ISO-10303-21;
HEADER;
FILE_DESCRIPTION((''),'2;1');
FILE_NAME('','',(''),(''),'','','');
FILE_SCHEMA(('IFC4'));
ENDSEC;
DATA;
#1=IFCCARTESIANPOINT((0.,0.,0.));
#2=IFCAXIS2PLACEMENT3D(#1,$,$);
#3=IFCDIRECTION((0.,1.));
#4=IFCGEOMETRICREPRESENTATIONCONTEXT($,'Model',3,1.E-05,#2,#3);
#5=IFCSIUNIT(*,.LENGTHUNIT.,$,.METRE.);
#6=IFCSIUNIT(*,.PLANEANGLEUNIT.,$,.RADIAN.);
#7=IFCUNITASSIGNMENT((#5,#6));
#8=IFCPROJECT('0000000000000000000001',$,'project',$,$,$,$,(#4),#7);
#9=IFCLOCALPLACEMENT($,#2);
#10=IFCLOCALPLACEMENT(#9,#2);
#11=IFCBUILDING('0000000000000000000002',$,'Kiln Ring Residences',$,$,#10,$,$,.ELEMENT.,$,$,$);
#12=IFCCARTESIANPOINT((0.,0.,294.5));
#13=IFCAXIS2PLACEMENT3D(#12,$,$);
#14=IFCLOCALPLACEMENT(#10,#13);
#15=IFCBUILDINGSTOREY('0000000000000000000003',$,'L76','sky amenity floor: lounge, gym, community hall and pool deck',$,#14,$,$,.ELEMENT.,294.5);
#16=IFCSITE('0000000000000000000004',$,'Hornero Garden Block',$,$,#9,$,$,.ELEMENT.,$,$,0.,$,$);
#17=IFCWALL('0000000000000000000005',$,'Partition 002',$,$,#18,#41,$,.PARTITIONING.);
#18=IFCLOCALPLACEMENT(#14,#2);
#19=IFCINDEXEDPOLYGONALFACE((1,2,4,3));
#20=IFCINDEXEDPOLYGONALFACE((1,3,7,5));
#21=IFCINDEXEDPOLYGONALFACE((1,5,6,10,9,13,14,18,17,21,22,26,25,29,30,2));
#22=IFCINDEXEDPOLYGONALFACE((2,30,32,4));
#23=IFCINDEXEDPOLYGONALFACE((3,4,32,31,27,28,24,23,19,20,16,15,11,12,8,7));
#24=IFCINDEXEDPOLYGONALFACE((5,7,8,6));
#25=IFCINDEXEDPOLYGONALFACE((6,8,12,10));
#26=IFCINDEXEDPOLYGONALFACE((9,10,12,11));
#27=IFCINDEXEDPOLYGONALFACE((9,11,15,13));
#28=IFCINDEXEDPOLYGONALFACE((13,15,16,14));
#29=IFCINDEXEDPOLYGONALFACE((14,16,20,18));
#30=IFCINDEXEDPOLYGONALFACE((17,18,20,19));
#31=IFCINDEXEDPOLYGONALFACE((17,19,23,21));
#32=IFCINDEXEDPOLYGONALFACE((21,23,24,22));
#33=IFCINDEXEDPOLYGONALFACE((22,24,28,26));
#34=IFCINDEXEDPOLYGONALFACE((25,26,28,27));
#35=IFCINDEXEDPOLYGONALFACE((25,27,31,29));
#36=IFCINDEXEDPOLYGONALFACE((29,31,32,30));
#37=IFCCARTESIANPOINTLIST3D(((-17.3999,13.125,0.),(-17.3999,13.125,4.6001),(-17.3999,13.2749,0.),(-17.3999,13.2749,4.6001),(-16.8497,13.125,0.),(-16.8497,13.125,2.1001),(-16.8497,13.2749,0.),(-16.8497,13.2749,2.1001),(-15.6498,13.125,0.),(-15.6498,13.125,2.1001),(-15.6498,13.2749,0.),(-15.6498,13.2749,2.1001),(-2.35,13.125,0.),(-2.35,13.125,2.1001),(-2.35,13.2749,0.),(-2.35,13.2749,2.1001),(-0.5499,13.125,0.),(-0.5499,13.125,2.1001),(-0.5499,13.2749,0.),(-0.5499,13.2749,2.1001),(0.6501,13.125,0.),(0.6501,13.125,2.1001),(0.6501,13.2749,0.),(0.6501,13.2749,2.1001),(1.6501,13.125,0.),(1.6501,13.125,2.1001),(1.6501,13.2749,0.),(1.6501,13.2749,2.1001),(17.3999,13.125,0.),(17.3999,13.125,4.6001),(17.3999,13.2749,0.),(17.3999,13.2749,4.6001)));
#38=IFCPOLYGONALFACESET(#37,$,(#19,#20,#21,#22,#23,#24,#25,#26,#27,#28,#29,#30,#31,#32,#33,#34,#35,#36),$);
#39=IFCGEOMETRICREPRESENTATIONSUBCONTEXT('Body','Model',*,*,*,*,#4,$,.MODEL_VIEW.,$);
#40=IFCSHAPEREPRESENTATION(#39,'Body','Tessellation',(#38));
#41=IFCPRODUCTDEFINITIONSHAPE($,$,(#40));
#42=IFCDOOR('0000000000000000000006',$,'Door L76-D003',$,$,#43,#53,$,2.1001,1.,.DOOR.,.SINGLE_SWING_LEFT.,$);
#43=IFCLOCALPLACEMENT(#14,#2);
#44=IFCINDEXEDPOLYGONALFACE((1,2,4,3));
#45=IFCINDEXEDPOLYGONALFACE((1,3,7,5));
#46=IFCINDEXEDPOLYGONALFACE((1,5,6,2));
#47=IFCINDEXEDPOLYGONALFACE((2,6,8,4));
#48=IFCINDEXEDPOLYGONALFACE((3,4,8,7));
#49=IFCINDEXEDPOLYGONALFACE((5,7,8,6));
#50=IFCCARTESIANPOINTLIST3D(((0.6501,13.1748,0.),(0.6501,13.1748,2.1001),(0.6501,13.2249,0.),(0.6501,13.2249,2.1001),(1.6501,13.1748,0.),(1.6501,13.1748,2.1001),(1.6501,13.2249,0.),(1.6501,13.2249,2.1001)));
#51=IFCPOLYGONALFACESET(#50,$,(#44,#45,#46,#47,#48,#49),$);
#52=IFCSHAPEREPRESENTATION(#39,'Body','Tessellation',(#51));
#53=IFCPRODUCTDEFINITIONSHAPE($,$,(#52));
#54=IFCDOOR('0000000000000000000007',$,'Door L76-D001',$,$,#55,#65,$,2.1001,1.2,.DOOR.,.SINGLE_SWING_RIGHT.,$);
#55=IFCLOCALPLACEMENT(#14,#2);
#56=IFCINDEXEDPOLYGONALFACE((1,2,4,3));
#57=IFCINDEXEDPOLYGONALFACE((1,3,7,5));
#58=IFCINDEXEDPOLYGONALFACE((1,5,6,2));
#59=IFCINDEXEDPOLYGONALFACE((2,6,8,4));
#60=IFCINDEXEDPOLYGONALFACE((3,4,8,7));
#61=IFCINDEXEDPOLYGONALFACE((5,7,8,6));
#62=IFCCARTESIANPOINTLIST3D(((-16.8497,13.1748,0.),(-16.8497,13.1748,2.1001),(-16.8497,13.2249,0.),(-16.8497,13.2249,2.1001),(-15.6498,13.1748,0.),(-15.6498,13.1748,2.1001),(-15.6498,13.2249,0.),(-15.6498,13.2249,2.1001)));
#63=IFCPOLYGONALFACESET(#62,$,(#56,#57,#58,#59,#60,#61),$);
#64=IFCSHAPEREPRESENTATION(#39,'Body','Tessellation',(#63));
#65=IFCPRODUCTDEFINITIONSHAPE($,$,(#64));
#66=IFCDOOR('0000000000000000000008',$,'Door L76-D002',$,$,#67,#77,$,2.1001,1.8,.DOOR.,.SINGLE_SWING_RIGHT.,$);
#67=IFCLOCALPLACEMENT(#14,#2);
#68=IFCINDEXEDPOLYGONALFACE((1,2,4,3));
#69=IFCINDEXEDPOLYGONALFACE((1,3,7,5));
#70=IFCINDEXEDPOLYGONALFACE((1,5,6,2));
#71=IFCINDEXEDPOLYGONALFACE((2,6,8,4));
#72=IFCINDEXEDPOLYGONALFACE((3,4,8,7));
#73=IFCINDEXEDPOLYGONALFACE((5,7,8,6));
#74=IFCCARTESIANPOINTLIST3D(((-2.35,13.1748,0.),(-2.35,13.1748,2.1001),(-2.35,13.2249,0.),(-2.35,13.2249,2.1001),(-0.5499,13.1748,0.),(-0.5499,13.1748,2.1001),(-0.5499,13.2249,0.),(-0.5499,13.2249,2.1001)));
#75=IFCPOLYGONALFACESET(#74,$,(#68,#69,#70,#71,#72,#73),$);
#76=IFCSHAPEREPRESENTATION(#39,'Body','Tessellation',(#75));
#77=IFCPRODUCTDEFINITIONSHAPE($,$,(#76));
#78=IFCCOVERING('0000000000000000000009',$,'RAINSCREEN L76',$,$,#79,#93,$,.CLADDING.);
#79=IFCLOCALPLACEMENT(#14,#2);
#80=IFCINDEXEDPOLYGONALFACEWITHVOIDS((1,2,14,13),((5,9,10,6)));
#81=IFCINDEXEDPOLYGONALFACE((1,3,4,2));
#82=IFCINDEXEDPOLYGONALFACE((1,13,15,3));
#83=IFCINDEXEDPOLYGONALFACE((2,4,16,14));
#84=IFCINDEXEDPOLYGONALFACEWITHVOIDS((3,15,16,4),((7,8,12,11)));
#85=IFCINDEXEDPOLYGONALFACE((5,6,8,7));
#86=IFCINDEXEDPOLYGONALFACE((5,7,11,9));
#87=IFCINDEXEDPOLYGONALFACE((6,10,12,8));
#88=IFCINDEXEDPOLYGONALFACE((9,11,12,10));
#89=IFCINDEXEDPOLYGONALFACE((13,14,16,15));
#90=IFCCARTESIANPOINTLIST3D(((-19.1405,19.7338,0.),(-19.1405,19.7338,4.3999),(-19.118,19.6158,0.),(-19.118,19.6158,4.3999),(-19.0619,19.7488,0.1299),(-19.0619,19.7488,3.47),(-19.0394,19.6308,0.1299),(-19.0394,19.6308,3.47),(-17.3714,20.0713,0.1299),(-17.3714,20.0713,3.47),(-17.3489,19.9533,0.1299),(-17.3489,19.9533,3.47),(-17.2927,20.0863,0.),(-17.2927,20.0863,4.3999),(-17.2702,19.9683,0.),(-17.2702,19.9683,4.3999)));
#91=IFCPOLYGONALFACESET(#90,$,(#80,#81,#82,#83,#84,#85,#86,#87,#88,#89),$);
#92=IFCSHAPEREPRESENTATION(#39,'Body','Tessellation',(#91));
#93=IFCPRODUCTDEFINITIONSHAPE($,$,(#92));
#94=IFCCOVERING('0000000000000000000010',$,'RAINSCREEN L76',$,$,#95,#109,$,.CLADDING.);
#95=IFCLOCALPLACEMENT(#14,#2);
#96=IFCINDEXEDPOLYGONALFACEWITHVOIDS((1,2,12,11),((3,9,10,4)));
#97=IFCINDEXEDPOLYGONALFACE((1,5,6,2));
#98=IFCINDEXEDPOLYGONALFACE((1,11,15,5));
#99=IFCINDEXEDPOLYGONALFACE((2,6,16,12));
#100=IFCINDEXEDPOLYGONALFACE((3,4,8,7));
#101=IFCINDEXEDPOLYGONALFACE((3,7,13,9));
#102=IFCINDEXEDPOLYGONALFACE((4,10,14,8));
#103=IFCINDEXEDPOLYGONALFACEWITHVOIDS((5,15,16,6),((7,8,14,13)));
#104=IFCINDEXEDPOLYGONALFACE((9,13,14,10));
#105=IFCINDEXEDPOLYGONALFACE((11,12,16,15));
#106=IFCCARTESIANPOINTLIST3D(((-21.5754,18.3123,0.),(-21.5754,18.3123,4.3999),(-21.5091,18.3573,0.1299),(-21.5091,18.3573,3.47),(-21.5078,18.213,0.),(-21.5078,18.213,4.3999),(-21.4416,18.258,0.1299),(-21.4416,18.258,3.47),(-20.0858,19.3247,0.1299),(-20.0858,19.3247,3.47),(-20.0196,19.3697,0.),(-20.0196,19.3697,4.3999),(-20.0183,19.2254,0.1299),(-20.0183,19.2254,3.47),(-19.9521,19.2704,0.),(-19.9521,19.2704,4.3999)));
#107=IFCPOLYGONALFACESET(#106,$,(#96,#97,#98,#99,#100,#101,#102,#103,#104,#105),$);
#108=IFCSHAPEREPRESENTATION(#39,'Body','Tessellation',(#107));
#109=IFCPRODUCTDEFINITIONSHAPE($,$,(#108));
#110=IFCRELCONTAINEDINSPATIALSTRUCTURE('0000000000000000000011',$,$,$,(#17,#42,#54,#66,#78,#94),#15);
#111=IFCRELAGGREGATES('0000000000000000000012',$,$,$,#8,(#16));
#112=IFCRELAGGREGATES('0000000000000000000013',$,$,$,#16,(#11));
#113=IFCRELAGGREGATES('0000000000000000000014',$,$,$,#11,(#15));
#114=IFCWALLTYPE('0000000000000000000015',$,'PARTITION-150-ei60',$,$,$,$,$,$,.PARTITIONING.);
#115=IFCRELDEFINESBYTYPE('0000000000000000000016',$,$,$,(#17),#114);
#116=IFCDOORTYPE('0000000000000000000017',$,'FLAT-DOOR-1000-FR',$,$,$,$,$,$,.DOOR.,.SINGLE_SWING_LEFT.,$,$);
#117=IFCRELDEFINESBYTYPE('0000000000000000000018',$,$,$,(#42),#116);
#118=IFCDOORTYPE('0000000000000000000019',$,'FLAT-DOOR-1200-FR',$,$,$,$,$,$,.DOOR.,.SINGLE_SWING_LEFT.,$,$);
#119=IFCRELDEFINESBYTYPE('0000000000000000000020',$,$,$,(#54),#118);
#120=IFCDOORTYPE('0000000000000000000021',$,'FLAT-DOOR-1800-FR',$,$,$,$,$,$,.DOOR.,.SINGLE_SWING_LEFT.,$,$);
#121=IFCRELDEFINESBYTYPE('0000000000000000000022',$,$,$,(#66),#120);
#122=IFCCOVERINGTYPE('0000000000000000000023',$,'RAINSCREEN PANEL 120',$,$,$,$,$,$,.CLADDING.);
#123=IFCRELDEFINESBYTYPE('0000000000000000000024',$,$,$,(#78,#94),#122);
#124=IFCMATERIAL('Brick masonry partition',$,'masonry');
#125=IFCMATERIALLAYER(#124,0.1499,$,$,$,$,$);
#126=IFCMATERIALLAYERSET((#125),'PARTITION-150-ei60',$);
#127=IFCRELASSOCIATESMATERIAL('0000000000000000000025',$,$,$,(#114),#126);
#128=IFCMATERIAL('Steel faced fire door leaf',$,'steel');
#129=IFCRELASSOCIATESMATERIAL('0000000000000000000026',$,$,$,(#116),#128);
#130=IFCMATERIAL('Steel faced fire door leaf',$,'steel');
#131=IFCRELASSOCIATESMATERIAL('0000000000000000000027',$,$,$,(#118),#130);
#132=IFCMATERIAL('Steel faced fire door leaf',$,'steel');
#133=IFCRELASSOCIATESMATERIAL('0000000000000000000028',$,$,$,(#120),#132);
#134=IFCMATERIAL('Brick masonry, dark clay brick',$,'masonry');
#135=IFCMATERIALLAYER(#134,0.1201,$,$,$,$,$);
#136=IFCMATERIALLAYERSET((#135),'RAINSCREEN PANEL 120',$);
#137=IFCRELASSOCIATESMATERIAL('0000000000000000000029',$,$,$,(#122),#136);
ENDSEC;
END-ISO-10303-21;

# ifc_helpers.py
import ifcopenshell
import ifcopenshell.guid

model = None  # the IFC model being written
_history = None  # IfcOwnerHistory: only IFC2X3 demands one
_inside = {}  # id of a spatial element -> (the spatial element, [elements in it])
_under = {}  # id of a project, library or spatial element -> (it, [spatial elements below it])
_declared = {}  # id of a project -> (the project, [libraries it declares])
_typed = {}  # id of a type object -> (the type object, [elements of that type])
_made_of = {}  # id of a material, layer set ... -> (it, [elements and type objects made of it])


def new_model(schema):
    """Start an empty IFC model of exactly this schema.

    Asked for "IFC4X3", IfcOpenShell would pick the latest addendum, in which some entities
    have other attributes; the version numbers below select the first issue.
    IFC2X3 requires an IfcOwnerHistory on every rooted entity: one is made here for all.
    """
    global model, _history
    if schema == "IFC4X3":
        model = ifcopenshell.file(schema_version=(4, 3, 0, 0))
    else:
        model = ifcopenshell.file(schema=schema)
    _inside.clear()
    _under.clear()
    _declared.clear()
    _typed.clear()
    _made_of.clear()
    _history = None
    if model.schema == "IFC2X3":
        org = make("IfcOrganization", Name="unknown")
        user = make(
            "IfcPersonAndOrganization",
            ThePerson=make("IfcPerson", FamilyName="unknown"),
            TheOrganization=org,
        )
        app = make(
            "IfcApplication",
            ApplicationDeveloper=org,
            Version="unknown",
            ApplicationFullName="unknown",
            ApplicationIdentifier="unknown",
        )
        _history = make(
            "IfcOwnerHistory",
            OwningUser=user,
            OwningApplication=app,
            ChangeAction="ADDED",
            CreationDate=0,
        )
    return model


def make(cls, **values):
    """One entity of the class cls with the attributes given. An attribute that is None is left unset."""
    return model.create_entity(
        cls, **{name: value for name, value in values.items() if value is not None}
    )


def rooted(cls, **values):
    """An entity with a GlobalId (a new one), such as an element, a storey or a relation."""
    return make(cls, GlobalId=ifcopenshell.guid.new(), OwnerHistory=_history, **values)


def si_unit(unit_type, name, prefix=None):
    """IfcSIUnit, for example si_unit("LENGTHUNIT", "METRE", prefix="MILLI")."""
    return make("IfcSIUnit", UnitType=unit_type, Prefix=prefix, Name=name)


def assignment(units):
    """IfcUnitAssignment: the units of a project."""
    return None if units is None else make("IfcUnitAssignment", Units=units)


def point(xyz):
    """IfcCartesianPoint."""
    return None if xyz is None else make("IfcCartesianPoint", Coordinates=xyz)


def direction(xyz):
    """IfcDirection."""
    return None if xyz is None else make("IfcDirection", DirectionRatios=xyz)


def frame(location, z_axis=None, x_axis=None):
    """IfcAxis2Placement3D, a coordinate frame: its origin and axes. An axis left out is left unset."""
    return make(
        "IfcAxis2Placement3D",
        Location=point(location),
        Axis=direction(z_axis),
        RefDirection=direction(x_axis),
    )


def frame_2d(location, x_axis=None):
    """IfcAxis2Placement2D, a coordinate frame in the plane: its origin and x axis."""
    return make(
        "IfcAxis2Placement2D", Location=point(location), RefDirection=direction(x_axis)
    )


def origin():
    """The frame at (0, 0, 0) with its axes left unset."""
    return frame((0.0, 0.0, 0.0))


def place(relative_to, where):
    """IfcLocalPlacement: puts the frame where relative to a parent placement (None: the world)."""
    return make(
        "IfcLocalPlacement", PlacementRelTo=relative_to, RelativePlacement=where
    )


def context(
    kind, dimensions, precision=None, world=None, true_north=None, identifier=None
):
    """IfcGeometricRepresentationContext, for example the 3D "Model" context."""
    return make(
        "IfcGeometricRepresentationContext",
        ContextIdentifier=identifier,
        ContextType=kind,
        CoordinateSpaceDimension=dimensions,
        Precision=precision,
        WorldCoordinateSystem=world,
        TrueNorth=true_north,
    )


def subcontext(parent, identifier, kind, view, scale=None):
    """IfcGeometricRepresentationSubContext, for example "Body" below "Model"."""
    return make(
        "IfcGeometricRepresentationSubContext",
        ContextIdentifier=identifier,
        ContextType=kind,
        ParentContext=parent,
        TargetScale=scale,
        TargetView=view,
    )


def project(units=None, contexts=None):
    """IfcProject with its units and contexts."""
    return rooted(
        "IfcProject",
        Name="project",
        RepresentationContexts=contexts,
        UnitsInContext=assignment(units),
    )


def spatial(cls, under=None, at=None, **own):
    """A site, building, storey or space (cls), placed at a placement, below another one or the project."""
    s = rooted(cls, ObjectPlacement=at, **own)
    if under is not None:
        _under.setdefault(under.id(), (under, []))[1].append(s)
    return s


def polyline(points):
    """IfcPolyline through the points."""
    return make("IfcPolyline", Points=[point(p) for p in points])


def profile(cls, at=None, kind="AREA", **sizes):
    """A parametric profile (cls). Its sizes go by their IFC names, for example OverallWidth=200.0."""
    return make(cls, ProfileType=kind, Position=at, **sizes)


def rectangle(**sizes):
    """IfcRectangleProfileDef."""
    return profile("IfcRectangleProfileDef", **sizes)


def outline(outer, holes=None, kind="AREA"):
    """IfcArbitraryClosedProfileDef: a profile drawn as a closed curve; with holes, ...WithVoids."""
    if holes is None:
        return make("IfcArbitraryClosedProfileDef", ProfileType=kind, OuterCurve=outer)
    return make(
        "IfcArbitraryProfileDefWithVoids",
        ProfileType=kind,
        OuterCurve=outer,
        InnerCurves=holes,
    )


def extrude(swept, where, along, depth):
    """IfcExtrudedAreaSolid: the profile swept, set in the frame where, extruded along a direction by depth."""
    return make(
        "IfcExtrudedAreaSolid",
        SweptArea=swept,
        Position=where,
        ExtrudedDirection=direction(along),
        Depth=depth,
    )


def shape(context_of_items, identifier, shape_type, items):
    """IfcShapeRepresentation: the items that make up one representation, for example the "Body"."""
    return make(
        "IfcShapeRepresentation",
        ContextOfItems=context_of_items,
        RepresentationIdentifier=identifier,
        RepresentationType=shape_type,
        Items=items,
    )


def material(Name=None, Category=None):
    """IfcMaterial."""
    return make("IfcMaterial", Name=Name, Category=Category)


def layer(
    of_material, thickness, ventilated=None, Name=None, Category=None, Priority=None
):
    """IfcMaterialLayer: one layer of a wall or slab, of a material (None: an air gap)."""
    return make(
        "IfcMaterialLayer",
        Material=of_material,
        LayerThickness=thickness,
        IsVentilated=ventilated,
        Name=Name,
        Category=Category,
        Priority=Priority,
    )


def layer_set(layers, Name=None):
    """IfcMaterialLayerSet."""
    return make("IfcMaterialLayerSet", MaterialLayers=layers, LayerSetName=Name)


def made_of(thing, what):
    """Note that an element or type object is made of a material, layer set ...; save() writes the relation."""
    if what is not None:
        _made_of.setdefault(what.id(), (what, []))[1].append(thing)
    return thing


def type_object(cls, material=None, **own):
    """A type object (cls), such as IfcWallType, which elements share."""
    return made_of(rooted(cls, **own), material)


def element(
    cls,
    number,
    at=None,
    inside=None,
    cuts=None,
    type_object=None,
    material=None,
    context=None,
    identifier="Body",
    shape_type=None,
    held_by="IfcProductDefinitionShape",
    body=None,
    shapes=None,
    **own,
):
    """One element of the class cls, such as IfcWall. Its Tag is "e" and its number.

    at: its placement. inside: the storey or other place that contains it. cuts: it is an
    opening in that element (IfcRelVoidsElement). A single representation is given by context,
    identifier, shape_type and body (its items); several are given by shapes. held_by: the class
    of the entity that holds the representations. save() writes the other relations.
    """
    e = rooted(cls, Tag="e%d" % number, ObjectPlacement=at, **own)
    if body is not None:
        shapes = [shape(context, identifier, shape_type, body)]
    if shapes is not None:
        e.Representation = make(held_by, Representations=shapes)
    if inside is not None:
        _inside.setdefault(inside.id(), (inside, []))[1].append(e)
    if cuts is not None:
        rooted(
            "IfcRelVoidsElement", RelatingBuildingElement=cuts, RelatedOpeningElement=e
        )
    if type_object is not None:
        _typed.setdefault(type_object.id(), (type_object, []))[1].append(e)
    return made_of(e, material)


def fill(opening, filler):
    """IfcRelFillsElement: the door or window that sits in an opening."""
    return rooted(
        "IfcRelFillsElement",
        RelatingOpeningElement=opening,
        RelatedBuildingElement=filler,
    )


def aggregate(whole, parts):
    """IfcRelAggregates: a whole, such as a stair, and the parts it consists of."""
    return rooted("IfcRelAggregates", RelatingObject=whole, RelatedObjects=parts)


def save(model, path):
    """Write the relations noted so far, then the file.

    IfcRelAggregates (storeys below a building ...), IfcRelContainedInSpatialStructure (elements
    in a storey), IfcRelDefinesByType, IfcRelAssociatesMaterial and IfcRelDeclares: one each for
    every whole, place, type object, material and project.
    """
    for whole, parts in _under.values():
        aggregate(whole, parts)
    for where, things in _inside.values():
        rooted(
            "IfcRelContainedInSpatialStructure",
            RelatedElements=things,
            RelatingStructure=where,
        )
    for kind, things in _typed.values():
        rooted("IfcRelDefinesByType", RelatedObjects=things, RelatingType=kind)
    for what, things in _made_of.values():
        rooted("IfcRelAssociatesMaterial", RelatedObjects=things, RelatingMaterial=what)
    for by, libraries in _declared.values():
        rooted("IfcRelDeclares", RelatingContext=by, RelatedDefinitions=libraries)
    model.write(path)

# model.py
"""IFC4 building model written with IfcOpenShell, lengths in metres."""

from ifc_helpers import new_model, si_unit, direction, frame, frame_2d, origin, place, context, subcontext, project, spatial, polyline, rectangle, outline, extrude, material, layer, layer_set, type_object, element, fill, save


model = new_model("IFC4")

# Units and contexts
model_context = context("Model", 3, precision=1e-05, world=origin(), true_north=direction((0.0, 1.0)))
body_context = subcontext(model_context, "Body", "Model", "MODEL_VIEW")
ifc_project = project(units=[si_unit("LENGTHUNIT", "METRE"), si_unit("PLANEANGLEUNIT", "RADIAN")], contexts=[model_context])

# Site, building, storey
site_placement = place(None, origin())
site = spatial("IfcSite", under=ifc_project, at=site_placement, Name="Hornero Garden Block", CompositionType="ELEMENT", RefElevation=0.0)
building_placement = place(site_placement, origin())
building = spatial("IfcBuilding", under=site, at=building_placement, Name="Kiln Ring Residences", CompositionType="ELEMENT")
storey_placement = place(building_placement, frame((0.0, 0.0, 294.5)))
storey = spatial("IfcBuildingStorey", under=building, at=storey_placement, Name="L76", Description="sky amenity floor: lounge, gym, community hall and pool deck", CompositionType="ELEMENT", Elevation=294.5)

# Wall, openings, doors
ifc_material_1 = material(Name="Brick masonry partition", Category="masonry")
ifc_layer_1 = layer(ifc_material_1, 0.1499)
ifc_layer_set_1 = layer_set([ifc_layer_1], Name="PARTITION-150-ei60")
wall_type_1 = type_object("IfcWallType", Name="PARTITION-150-ei60", PredefinedType="PARTITIONING", material=ifc_layer_set_1)
wall_1_placement = place(storey_placement, frame((-17.3999, 13.2, 0.0), z_axis=(0.0, 0.0, 1.0), x_axis=(1.0, 0.0, 0.0)))
wall_1 = element("IfcWall", 1, at=wall_1_placement, inside=storey, type_object=wall_type_1, Name="Partition 002", PredefinedType="PARTITIONING", context=body_context, shape_type="SweptSolid", body=[
    extrude(rectangle(XDim=34.7998, YDim=0.1499, at=frame_2d((17.3999, 0.0))), origin(), (0.0, 0.0, 1.0), 4.6001),
])
opening_1_placement = place(wall_1_placement, frame((0.55, 0.0, 0.0)))
opening_1 = element("IfcOpeningElement", 2, at=opening_1_placement, cuts=wall_1, PredefinedType="OPENING", context=body_context, shape_type="SweptSolid", body=[
    extrude(rectangle(XDim=1.2, YDim=2.1001, at=frame_2d((0.6001, 1.05))), frame((0.0, 0.085, 0.0), z_axis=(0.0, -1.0, 0.0), x_axis=(1.0, 0.0, 0.0)), (0.0, 0.0, 1.0), 0.1699),
])
opening_2_placement = place(wall_1_placement, frame((15.05, 0.0, 0.0)))
opening_2 = element("IfcOpeningElement", 3, at=opening_2_placement, cuts=wall_1, PredefinedType="OPENING", context=body_context, shape_type="SweptSolid", body=[
    extrude(rectangle(XDim=1.8, YDim=2.1001, at=frame_2d((0.8999, 1.05))), frame((0.0, 0.085, 0.0), z_axis=(0.0, -1.0, 0.0), x_axis=(1.0, 0.0, 0.0)), (0.0, 0.0, 1.0), 0.1699),
])
opening_3_placement = place(wall_1_placement, frame((18.05, 0.0, 0.0)))
opening_3 = element("IfcOpeningElement", 4, at=opening_3_placement, cuts=wall_1, PredefinedType="OPENING", context=body_context, shape_type="SweptSolid", body=[
    extrude(rectangle(XDim=1.0, YDim=2.1001, at=frame_2d((0.5, 1.05))), frame((0.0, 0.085, 0.0), z_axis=(0.0, -1.0, 0.0), x_axis=(1.0, 0.0, 0.0)), (0.0, 0.0, 1.0), 0.1699),
])
ifc_material_2 = material(Name="Steel faced fire door leaf", Category="steel")
door_type_1 = type_object("IfcDoorType", Name="FLAT-DOOR-1000-FR", OperationType="SINGLE_SWING_LEFT", PredefinedType="DOOR", material=ifc_material_2)
door_1_placement = place(opening_3_placement, origin())
door_1 = element("IfcDoor", 5, at=door_1_placement, inside=storey, type_object=door_type_1, Name="Door L76-D003", OperationType="SINGLE_SWING_LEFT", OverallHeight=2.1001, OverallWidth=1.0, PredefinedType="DOOR", context=body_context, shape_type="SweptSolid", body=[
    extrude(rectangle(XDim=1.0, YDim=2.1001, at=frame_2d((0.5, 1.05))), frame((0.0, 0.0249, 0.0), z_axis=(0.0, -1.0, 0.0), x_axis=(1.0, 0.0, 0.0)), (0.0, 0.0, 1.0), 0.05),
])
fill(opening_3, door_1)
ifc_material_3 = material(Name="Steel faced fire door leaf", Category="steel")
door_type_2 = type_object("IfcDoorType", Name="FLAT-DOOR-1200-FR", OperationType="SINGLE_SWING_LEFT", PredefinedType="DOOR", material=ifc_material_3)
door_2_placement = place(opening_1_placement, origin())
door_2 = element("IfcDoor", 6, at=door_2_placement, inside=storey, type_object=door_type_2, Name="Door L76-D001", OperationType="SINGLE_SWING_RIGHT", OverallHeight=2.1001, OverallWidth=1.2, PredefinedType="DOOR", context=body_context, shape_type="SweptSolid", body=[
    extrude(rectangle(XDim=1.2, YDim=2.1001, at=frame_2d((0.6001, 1.05))), frame((0.0, 0.0249, 0.0), z_axis=(0.0, -1.0, 0.0), x_axis=(1.0, 0.0, 0.0)), (0.0, 0.0, 1.0), 0.05),
])
fill(opening_1, door_2)
ifc_material_4 = material(Name="Steel faced fire door leaf", Category="steel")
door_type_3 = type_object("IfcDoorType", Name="FLAT-DOOR-1800-FR", OperationType="SINGLE_SWING_LEFT", PredefinedType="DOOR", material=ifc_material_4)
door_3_placement = place(opening_2_placement, origin())
door_3 = element("IfcDoor", 7, at=door_3_placement, inside=storey, type_object=door_type_3, Name="Door L76-D002", OperationType="SINGLE_SWING_RIGHT", OverallHeight=2.1001, OverallWidth=1.8, PredefinedType="DOOR", context=body_context, shape_type="SweptSolid", body=[
    extrude(rectangle(XDim=1.8, YDim=2.1001, at=frame_2d((0.8999, 1.05))), frame((0.0, 0.0249, 0.0), z_axis=(0.0, -1.0, 0.0), x_axis=(1.0, 0.0, 0.0)), (0.0, 0.0, 1.0), 0.05),
])
fill(opening_2, door_3)

# Coverings
ifc_material_5 = material(Name="Brick masonry, dark clay brick", Category="masonry")
ifc_layer_2 = layer(ifc_material_5, 0.1201)
ifc_layer_set_2 = layer_set([ifc_layer_2], Name="RAINSCREEN PANEL 120")
covering_type = type_object("IfcCoveringType", Name="RAINSCREEN PANEL 120", PredefinedType="CLADDING", material=ifc_layer_set_2)
for number, where, z_axis, x_axis, name in (
    (8, (-17.2815, 20.0273, 0.0), (0.0, 0.0, 1.0), (-0.982284, -0.187398, 0.0), "RAINSCREEN L76"),
    (9, (-19.9858, 19.3201, 0.0), (0.0, 0.0, 1.0), (-0.827045, -0.562136, 0.0), "RAINSCREEN L76"),
):
    element("IfcCovering", number, at=place(storey_placement, frame(where, z_axis=z_axis, x_axis=x_axis)), inside=storey, type_object=covering_type, Name=name, PredefinedType="CLADDING", context=body_context, shape_type="SweptSolid", body=[
        extrude(outline(polyline([(0.0, 0.0), (1.8811, 0.0), (1.8811, 4.3999), (0.0, 4.3999), (0.0, 0.0)]), holes=[polyline([(0.0801, 3.47), (0.0801, 0.1299), (1.801, 0.1299), (1.801, 3.47), (0.0801, 3.47)])]), frame((0.0, 0.0601, 0.0), z_axis=(0.0, -1.0, 0.0), x_axis=(1.0, 0.0, 0.0)), (0.0, 0.0, 1.0), 0.1201),
    ])

save(model, "model.ifc")
